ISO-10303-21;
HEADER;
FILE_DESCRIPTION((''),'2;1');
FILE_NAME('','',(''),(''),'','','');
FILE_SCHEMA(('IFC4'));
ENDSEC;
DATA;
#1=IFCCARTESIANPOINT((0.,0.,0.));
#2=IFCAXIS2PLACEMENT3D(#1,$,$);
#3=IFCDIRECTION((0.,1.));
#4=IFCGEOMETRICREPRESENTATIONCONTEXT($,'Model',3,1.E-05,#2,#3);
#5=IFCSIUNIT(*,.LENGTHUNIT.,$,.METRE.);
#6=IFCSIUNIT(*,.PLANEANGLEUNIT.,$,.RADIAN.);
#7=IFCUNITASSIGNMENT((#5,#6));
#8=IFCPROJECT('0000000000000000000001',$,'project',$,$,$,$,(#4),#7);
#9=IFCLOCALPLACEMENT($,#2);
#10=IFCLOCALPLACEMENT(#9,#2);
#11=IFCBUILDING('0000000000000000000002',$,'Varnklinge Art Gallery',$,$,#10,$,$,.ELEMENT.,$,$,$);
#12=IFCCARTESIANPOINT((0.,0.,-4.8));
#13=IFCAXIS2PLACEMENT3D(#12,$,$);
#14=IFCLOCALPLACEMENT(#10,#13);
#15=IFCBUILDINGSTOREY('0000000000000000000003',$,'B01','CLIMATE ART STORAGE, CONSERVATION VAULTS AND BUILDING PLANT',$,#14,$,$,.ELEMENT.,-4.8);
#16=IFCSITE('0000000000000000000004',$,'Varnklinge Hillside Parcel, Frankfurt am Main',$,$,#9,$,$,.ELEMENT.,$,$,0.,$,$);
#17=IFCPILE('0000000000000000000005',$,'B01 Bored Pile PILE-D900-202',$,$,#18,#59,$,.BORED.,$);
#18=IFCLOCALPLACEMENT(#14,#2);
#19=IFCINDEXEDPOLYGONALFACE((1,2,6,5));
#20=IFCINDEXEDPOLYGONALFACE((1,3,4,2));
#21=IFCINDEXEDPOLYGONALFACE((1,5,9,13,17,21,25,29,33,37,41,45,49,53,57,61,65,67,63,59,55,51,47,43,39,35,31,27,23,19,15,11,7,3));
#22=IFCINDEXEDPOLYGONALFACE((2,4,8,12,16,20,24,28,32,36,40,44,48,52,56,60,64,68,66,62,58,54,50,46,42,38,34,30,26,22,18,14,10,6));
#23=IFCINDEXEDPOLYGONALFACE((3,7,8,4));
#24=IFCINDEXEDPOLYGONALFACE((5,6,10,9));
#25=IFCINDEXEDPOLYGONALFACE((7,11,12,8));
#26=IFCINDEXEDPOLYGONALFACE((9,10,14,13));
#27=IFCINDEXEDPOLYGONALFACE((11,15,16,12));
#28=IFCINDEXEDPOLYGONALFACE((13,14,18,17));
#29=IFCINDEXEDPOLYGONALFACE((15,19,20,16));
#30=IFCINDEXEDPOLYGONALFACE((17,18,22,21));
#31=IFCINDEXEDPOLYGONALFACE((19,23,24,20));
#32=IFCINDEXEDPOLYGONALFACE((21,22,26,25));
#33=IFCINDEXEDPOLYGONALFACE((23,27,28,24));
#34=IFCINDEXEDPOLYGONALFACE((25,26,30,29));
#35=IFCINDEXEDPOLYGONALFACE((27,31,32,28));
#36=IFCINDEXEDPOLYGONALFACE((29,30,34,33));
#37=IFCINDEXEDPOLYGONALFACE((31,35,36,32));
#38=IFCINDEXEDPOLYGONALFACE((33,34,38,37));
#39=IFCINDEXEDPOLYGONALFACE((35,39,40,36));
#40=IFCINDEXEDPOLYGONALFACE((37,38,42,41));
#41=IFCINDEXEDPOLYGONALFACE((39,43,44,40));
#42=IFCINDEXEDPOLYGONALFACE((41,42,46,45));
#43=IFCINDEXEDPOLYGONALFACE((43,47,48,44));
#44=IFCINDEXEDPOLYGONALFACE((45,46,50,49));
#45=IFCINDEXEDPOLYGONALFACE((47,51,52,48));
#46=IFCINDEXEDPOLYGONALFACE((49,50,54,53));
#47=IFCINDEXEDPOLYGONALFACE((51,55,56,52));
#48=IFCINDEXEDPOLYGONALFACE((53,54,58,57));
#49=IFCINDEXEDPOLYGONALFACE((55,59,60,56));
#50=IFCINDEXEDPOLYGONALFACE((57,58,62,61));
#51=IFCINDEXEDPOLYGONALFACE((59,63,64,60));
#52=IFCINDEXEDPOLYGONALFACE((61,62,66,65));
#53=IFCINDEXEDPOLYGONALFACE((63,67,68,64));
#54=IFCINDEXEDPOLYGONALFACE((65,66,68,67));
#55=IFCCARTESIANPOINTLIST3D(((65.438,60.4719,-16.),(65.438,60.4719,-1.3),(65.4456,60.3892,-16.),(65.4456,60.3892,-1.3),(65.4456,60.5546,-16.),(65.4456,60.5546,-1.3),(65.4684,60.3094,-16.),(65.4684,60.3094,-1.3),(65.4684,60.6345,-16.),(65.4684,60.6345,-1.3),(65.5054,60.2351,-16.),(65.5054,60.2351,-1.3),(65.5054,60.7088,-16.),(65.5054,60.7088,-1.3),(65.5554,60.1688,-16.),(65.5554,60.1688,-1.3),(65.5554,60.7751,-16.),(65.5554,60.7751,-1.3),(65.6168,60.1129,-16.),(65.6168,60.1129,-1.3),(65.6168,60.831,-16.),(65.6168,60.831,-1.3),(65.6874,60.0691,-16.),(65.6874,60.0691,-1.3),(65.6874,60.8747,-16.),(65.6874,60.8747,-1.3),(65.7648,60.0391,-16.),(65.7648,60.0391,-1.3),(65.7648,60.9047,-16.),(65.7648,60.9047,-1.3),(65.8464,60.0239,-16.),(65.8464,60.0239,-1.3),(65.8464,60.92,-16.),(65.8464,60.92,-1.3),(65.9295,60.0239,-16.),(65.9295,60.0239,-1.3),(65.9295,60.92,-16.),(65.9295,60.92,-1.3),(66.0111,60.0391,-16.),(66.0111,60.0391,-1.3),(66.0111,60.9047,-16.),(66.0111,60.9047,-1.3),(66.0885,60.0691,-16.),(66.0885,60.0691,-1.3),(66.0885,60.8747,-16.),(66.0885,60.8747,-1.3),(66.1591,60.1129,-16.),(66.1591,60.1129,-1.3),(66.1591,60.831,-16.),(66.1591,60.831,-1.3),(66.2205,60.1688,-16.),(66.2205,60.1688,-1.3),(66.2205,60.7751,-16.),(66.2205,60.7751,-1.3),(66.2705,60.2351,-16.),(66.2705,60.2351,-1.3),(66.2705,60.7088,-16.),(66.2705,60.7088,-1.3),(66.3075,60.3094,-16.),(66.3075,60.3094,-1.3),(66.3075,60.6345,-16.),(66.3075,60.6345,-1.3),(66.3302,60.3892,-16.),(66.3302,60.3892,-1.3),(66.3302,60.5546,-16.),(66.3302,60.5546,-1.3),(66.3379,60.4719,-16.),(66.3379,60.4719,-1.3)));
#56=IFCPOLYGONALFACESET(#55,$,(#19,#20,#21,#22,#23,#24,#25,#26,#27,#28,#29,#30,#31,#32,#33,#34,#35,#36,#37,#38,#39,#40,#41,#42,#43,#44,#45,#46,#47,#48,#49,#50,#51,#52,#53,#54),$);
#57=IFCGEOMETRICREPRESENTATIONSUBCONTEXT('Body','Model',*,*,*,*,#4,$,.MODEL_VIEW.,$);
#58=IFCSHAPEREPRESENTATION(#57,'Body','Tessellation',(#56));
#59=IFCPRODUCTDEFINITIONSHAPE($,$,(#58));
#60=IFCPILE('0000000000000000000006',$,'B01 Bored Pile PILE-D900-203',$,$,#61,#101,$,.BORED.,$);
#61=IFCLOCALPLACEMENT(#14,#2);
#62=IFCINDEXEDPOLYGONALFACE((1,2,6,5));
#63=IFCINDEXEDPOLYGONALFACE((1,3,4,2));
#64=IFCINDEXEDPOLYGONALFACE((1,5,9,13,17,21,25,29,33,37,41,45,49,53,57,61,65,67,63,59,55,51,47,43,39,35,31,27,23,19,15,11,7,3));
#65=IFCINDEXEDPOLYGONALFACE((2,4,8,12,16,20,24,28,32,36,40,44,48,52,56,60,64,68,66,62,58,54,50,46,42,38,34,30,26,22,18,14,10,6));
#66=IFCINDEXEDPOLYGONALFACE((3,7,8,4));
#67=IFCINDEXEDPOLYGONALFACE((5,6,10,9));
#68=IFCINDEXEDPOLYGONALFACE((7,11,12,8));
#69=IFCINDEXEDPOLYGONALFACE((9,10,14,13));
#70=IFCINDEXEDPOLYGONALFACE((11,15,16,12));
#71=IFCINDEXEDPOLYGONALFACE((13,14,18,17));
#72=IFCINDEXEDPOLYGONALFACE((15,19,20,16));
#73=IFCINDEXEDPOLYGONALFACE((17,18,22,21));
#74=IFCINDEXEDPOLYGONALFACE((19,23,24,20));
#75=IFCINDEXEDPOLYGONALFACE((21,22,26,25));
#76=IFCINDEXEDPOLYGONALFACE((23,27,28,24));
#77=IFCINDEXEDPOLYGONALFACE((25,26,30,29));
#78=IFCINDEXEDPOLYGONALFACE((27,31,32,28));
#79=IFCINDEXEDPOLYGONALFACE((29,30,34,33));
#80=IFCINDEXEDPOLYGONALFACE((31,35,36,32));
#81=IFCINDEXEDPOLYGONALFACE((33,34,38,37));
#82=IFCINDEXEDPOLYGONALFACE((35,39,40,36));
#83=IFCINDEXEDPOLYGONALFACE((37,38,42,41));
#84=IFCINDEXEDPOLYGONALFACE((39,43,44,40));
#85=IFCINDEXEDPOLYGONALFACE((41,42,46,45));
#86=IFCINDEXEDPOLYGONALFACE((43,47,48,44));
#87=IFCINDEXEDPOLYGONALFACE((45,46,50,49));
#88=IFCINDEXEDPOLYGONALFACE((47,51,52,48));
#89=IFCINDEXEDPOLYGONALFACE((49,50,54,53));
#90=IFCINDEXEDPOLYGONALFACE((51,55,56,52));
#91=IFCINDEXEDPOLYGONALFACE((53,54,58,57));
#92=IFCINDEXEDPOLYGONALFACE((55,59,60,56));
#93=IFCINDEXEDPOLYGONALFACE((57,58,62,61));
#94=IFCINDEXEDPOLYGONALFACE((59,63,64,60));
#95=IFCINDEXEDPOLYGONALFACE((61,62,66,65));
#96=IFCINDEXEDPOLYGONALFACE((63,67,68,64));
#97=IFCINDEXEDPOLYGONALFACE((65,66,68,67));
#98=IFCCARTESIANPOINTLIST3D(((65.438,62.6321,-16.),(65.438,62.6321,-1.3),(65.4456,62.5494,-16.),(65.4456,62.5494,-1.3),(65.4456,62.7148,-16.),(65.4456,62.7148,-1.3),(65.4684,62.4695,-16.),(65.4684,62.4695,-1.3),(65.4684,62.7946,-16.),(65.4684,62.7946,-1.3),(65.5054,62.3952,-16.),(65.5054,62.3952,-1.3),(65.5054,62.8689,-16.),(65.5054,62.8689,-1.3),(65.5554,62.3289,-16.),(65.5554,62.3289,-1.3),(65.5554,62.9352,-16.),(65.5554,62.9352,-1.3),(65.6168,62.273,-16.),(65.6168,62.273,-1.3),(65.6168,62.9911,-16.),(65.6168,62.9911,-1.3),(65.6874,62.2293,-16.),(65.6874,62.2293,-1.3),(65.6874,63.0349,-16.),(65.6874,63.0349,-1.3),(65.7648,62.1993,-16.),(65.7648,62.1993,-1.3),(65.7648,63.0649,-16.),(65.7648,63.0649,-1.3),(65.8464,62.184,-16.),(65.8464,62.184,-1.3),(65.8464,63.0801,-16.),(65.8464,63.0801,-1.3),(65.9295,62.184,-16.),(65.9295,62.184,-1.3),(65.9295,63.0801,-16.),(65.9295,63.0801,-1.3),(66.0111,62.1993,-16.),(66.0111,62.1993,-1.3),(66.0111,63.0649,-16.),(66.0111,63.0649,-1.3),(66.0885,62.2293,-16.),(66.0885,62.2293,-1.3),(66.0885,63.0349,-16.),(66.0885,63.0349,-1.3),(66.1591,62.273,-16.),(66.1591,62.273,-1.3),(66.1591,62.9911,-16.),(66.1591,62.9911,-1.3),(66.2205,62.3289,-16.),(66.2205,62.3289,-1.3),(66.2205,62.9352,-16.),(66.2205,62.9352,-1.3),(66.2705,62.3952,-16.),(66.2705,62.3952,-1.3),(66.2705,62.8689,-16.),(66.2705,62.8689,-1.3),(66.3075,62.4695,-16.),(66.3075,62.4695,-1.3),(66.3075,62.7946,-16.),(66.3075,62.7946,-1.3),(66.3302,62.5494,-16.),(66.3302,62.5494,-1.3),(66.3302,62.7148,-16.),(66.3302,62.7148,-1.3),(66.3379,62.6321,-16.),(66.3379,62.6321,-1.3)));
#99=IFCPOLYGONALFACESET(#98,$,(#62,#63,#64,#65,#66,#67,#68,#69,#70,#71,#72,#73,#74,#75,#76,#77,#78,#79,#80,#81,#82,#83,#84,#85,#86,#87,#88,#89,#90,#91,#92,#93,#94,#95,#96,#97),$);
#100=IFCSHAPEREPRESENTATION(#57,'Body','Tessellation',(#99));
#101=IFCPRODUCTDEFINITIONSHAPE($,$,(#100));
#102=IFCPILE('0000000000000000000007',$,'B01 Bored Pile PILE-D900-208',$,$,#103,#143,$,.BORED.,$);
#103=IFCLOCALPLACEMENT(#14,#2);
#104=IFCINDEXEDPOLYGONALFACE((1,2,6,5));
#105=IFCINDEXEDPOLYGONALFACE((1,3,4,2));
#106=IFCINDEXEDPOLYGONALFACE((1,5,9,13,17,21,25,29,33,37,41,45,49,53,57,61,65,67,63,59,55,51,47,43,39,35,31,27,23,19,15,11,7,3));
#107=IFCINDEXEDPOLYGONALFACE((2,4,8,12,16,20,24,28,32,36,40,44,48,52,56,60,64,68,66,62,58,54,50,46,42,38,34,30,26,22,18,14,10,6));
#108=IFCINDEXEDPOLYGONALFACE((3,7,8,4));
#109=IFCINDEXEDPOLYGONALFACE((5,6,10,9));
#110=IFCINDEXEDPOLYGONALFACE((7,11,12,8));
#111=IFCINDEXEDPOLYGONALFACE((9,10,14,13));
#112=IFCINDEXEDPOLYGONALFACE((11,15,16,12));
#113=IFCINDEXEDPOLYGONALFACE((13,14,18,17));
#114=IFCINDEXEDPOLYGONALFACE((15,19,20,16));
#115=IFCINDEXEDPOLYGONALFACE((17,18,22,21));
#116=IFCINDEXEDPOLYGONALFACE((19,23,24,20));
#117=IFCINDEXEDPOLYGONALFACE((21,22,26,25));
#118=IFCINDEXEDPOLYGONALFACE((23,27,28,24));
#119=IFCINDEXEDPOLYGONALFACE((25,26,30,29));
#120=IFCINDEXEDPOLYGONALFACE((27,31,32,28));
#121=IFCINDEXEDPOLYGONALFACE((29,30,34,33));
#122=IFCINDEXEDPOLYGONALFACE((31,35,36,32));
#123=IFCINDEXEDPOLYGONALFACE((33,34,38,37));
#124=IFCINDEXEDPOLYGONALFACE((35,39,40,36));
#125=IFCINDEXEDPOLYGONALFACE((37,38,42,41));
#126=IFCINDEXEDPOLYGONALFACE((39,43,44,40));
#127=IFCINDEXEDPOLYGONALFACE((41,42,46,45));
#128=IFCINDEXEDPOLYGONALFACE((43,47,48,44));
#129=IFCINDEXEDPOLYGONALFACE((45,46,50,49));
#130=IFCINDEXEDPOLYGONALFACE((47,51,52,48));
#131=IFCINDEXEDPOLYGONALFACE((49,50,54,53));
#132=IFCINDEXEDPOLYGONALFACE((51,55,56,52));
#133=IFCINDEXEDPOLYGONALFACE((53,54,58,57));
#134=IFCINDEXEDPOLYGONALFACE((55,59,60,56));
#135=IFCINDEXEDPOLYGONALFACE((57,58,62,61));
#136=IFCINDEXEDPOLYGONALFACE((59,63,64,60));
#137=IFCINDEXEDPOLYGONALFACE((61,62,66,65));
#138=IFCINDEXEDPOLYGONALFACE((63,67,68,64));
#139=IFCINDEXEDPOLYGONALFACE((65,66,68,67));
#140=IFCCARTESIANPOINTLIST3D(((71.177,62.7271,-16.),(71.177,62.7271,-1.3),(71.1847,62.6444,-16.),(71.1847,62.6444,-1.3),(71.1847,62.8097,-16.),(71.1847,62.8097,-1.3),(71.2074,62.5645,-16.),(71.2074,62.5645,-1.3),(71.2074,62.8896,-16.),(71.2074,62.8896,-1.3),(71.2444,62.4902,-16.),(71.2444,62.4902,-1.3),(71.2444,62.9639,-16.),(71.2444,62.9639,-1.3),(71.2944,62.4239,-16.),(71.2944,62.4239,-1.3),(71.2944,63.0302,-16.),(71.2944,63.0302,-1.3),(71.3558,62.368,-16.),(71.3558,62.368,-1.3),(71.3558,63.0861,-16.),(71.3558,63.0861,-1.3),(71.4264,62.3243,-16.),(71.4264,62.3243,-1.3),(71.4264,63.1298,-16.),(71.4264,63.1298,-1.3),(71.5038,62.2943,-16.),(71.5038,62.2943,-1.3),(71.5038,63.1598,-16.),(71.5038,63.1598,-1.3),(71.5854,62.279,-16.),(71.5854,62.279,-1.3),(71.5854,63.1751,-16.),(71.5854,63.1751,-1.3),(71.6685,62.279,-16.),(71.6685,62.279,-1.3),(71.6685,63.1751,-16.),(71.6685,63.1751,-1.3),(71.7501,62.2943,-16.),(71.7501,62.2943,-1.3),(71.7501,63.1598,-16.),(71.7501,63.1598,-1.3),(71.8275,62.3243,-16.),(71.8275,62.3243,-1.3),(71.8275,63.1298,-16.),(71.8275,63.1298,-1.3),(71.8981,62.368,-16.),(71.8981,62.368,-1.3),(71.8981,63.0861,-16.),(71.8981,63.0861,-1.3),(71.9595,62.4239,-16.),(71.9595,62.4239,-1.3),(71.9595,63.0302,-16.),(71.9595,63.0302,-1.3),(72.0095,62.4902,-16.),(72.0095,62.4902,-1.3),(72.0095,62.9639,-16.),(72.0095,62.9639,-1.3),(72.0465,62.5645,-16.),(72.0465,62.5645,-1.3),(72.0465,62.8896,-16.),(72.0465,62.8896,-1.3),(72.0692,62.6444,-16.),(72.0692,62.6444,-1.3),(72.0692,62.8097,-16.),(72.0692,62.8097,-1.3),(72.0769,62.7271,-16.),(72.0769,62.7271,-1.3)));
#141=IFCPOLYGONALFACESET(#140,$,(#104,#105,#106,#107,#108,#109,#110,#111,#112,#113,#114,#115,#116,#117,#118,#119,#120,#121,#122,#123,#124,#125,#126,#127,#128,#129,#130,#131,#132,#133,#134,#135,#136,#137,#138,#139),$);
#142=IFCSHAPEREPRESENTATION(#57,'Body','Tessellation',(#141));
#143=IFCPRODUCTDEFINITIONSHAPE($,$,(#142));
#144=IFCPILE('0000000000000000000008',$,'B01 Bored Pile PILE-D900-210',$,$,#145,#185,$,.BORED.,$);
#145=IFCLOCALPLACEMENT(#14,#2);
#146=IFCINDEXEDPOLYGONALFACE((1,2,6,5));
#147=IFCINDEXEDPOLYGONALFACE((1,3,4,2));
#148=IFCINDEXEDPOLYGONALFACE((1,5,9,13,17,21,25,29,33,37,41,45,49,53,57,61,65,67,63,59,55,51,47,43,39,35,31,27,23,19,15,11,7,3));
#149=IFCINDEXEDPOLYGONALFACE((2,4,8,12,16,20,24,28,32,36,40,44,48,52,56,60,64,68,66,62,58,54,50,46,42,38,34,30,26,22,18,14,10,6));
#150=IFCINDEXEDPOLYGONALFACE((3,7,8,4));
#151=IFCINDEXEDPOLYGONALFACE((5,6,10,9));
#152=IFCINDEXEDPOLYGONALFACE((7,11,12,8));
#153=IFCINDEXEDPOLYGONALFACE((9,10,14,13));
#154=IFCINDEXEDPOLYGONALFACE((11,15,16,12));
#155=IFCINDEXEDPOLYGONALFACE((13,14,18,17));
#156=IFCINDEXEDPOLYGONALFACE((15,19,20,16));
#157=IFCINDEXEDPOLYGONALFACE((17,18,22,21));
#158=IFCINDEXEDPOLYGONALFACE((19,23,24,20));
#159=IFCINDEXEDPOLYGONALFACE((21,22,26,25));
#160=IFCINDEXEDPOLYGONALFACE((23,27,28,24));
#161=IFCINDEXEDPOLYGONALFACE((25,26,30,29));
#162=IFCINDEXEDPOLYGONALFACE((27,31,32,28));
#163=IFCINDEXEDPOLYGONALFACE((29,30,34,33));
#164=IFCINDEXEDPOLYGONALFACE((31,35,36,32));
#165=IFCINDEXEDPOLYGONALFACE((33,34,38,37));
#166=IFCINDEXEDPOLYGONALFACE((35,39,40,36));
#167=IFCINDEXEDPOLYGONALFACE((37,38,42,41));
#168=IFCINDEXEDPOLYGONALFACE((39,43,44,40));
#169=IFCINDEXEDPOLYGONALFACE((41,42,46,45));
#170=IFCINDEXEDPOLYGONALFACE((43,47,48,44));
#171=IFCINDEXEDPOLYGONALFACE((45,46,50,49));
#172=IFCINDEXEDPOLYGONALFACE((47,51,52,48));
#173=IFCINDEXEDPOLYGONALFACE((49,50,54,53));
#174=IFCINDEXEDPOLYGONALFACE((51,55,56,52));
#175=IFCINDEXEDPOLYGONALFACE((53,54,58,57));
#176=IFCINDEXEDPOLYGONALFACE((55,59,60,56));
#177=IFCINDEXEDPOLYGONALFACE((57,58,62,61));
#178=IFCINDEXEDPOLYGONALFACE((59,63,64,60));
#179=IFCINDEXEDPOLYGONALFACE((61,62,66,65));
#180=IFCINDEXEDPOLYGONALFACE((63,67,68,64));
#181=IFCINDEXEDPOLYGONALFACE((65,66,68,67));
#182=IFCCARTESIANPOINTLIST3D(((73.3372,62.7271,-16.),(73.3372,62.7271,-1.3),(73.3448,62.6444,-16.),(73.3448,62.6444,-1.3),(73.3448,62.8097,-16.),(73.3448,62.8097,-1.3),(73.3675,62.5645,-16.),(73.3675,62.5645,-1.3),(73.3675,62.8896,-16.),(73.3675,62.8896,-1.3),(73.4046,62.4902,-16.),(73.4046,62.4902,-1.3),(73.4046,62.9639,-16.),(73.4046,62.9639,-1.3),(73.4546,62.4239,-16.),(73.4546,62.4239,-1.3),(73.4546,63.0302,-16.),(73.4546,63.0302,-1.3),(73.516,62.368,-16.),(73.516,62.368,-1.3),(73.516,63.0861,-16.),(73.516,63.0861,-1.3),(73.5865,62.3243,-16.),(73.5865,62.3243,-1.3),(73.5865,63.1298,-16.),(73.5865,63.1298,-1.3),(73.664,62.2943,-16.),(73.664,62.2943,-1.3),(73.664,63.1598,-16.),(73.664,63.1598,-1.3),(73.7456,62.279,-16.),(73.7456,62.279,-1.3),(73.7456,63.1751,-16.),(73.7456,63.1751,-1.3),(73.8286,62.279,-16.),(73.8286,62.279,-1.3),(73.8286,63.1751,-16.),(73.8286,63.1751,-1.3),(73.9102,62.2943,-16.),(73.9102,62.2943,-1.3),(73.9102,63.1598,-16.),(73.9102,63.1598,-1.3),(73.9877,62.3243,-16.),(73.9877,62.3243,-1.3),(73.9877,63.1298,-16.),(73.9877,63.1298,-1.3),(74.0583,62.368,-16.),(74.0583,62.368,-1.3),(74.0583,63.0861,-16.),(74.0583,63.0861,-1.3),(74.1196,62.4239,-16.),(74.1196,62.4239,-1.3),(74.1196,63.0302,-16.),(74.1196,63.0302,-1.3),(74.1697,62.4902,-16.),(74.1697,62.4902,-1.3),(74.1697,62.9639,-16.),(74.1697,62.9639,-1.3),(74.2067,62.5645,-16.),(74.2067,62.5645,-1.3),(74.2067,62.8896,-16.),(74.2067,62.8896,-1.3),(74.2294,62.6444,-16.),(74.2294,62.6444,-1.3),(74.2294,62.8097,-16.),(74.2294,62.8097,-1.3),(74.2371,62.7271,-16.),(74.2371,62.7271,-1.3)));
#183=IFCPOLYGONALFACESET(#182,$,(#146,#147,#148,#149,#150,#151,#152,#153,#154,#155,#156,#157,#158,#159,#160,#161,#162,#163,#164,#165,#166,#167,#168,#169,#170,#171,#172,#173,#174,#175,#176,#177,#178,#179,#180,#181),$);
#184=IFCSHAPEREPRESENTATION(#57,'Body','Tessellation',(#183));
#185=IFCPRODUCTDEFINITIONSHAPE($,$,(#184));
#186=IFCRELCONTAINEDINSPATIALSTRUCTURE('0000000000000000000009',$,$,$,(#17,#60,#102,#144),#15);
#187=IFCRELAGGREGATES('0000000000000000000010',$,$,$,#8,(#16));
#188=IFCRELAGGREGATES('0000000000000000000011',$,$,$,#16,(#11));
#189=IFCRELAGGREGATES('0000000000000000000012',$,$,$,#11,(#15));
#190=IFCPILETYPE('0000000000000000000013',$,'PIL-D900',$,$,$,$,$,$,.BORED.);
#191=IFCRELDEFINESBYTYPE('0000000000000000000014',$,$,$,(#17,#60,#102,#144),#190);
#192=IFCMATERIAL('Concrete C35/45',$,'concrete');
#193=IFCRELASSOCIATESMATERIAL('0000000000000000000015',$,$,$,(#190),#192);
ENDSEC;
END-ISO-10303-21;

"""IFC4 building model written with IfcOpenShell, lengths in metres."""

from ifc_helpers import new_model, si_unit, direction, frame, origin, origin_2d, place, context, subcontext, project, spatial, circle, extrude, material, material_profile, profile_set, type_object, element, save


model = new_model("IFC4")

# Units and contexts
model_context = context("Model", 3, precision=1e-05, world=origin(), true_north=direction((0.0, 1.0)))
body_context = subcontext(model_context, "Body", "Model", "MODEL_VIEW")
ifc_project = project(units=[si_unit("LENGTHUNIT", "METRE"), si_unit("PLANEANGLEUNIT", "RADIAN")], contexts=[model_context])

# Site, building, storey
site_placement = place(None, origin())
site = spatial("IfcSite", under=ifc_project, at=site_placement, Name="Varnklinge Hillside Parcel, Frankfurt am Main", CompositionType="ELEMENT", RefElevation=0.0)
building_placement = place(site_placement, origin())
building = spatial("IfcBuilding", under=site, at=building_placement, Name="Varnklinge Art Gallery", CompositionType="ELEMENT")
storey_placement = place(building_placement, frame((0.0, 0.0, -4.8)))
storey = spatial("IfcBuildingStorey", under=building, at=storey_placement, Name="B01", Description="CLIMATE ART STORAGE, CONSERVATION VAULTS AND BUILDING PLANT", CompositionType="ELEMENT", Elevation=-4.8)

# Piles
ifc_material_1 = material(Name="Concrete C35/45", Category="concrete")
ifc_material_profile_1 = material_profile(ifc_material_1, circle(Radius=0.45, at=origin_2d()), Name="PILE D900")
ifc_profile_set_1 = profile_set([ifc_material_profile_1], Name="Concrete C35/45")
pile_type_1 = type_object("IfcPileType", Name="PIL-D900", PredefinedType="BORED", material=ifc_profile_set_1)
for number, where, z_axis, x_axis, name in (
    (1, (65.8879, 60.4719, -1.3), (0.0, 0.0, -1.0), (1.0, 0.0, 0.0), "B01 Bored Pile PILE-D900-202"),
    (2, (65.8879, 62.6321, -1.3), (0.0, 0.0, -1.0), (1.0, 0.0, 0.0), "B01 Bored Pile PILE-D900-203"),
    (3, (71.627, 62.7271, -1.3), (0.0, 0.0, -1.0), (1.0, 0.0, 0.0), "B01 Bored Pile PILE-D900-208"),
    (4, (73.7871, 62.7271, -1.3), (0.0, 0.0, -1.0), (1.0, 0.0, 0.0), "B01 Bored Pile PILE-D900-210"),
):
    element("IfcPile", number, at=place(storey_placement, frame(where, z_axis=z_axis, x_axis=x_axis)), inside=storey, type_object=pile_type_1, Name=name, PredefinedType="BORED", context=body_context, shape_type="SweptSolid", body=[
        extrude(circle(Radius=0.45, at=origin_2d()), origin(), (0.0, 0.0, 1.0), 14.7),
    ])

save(model, "model.ifc")
